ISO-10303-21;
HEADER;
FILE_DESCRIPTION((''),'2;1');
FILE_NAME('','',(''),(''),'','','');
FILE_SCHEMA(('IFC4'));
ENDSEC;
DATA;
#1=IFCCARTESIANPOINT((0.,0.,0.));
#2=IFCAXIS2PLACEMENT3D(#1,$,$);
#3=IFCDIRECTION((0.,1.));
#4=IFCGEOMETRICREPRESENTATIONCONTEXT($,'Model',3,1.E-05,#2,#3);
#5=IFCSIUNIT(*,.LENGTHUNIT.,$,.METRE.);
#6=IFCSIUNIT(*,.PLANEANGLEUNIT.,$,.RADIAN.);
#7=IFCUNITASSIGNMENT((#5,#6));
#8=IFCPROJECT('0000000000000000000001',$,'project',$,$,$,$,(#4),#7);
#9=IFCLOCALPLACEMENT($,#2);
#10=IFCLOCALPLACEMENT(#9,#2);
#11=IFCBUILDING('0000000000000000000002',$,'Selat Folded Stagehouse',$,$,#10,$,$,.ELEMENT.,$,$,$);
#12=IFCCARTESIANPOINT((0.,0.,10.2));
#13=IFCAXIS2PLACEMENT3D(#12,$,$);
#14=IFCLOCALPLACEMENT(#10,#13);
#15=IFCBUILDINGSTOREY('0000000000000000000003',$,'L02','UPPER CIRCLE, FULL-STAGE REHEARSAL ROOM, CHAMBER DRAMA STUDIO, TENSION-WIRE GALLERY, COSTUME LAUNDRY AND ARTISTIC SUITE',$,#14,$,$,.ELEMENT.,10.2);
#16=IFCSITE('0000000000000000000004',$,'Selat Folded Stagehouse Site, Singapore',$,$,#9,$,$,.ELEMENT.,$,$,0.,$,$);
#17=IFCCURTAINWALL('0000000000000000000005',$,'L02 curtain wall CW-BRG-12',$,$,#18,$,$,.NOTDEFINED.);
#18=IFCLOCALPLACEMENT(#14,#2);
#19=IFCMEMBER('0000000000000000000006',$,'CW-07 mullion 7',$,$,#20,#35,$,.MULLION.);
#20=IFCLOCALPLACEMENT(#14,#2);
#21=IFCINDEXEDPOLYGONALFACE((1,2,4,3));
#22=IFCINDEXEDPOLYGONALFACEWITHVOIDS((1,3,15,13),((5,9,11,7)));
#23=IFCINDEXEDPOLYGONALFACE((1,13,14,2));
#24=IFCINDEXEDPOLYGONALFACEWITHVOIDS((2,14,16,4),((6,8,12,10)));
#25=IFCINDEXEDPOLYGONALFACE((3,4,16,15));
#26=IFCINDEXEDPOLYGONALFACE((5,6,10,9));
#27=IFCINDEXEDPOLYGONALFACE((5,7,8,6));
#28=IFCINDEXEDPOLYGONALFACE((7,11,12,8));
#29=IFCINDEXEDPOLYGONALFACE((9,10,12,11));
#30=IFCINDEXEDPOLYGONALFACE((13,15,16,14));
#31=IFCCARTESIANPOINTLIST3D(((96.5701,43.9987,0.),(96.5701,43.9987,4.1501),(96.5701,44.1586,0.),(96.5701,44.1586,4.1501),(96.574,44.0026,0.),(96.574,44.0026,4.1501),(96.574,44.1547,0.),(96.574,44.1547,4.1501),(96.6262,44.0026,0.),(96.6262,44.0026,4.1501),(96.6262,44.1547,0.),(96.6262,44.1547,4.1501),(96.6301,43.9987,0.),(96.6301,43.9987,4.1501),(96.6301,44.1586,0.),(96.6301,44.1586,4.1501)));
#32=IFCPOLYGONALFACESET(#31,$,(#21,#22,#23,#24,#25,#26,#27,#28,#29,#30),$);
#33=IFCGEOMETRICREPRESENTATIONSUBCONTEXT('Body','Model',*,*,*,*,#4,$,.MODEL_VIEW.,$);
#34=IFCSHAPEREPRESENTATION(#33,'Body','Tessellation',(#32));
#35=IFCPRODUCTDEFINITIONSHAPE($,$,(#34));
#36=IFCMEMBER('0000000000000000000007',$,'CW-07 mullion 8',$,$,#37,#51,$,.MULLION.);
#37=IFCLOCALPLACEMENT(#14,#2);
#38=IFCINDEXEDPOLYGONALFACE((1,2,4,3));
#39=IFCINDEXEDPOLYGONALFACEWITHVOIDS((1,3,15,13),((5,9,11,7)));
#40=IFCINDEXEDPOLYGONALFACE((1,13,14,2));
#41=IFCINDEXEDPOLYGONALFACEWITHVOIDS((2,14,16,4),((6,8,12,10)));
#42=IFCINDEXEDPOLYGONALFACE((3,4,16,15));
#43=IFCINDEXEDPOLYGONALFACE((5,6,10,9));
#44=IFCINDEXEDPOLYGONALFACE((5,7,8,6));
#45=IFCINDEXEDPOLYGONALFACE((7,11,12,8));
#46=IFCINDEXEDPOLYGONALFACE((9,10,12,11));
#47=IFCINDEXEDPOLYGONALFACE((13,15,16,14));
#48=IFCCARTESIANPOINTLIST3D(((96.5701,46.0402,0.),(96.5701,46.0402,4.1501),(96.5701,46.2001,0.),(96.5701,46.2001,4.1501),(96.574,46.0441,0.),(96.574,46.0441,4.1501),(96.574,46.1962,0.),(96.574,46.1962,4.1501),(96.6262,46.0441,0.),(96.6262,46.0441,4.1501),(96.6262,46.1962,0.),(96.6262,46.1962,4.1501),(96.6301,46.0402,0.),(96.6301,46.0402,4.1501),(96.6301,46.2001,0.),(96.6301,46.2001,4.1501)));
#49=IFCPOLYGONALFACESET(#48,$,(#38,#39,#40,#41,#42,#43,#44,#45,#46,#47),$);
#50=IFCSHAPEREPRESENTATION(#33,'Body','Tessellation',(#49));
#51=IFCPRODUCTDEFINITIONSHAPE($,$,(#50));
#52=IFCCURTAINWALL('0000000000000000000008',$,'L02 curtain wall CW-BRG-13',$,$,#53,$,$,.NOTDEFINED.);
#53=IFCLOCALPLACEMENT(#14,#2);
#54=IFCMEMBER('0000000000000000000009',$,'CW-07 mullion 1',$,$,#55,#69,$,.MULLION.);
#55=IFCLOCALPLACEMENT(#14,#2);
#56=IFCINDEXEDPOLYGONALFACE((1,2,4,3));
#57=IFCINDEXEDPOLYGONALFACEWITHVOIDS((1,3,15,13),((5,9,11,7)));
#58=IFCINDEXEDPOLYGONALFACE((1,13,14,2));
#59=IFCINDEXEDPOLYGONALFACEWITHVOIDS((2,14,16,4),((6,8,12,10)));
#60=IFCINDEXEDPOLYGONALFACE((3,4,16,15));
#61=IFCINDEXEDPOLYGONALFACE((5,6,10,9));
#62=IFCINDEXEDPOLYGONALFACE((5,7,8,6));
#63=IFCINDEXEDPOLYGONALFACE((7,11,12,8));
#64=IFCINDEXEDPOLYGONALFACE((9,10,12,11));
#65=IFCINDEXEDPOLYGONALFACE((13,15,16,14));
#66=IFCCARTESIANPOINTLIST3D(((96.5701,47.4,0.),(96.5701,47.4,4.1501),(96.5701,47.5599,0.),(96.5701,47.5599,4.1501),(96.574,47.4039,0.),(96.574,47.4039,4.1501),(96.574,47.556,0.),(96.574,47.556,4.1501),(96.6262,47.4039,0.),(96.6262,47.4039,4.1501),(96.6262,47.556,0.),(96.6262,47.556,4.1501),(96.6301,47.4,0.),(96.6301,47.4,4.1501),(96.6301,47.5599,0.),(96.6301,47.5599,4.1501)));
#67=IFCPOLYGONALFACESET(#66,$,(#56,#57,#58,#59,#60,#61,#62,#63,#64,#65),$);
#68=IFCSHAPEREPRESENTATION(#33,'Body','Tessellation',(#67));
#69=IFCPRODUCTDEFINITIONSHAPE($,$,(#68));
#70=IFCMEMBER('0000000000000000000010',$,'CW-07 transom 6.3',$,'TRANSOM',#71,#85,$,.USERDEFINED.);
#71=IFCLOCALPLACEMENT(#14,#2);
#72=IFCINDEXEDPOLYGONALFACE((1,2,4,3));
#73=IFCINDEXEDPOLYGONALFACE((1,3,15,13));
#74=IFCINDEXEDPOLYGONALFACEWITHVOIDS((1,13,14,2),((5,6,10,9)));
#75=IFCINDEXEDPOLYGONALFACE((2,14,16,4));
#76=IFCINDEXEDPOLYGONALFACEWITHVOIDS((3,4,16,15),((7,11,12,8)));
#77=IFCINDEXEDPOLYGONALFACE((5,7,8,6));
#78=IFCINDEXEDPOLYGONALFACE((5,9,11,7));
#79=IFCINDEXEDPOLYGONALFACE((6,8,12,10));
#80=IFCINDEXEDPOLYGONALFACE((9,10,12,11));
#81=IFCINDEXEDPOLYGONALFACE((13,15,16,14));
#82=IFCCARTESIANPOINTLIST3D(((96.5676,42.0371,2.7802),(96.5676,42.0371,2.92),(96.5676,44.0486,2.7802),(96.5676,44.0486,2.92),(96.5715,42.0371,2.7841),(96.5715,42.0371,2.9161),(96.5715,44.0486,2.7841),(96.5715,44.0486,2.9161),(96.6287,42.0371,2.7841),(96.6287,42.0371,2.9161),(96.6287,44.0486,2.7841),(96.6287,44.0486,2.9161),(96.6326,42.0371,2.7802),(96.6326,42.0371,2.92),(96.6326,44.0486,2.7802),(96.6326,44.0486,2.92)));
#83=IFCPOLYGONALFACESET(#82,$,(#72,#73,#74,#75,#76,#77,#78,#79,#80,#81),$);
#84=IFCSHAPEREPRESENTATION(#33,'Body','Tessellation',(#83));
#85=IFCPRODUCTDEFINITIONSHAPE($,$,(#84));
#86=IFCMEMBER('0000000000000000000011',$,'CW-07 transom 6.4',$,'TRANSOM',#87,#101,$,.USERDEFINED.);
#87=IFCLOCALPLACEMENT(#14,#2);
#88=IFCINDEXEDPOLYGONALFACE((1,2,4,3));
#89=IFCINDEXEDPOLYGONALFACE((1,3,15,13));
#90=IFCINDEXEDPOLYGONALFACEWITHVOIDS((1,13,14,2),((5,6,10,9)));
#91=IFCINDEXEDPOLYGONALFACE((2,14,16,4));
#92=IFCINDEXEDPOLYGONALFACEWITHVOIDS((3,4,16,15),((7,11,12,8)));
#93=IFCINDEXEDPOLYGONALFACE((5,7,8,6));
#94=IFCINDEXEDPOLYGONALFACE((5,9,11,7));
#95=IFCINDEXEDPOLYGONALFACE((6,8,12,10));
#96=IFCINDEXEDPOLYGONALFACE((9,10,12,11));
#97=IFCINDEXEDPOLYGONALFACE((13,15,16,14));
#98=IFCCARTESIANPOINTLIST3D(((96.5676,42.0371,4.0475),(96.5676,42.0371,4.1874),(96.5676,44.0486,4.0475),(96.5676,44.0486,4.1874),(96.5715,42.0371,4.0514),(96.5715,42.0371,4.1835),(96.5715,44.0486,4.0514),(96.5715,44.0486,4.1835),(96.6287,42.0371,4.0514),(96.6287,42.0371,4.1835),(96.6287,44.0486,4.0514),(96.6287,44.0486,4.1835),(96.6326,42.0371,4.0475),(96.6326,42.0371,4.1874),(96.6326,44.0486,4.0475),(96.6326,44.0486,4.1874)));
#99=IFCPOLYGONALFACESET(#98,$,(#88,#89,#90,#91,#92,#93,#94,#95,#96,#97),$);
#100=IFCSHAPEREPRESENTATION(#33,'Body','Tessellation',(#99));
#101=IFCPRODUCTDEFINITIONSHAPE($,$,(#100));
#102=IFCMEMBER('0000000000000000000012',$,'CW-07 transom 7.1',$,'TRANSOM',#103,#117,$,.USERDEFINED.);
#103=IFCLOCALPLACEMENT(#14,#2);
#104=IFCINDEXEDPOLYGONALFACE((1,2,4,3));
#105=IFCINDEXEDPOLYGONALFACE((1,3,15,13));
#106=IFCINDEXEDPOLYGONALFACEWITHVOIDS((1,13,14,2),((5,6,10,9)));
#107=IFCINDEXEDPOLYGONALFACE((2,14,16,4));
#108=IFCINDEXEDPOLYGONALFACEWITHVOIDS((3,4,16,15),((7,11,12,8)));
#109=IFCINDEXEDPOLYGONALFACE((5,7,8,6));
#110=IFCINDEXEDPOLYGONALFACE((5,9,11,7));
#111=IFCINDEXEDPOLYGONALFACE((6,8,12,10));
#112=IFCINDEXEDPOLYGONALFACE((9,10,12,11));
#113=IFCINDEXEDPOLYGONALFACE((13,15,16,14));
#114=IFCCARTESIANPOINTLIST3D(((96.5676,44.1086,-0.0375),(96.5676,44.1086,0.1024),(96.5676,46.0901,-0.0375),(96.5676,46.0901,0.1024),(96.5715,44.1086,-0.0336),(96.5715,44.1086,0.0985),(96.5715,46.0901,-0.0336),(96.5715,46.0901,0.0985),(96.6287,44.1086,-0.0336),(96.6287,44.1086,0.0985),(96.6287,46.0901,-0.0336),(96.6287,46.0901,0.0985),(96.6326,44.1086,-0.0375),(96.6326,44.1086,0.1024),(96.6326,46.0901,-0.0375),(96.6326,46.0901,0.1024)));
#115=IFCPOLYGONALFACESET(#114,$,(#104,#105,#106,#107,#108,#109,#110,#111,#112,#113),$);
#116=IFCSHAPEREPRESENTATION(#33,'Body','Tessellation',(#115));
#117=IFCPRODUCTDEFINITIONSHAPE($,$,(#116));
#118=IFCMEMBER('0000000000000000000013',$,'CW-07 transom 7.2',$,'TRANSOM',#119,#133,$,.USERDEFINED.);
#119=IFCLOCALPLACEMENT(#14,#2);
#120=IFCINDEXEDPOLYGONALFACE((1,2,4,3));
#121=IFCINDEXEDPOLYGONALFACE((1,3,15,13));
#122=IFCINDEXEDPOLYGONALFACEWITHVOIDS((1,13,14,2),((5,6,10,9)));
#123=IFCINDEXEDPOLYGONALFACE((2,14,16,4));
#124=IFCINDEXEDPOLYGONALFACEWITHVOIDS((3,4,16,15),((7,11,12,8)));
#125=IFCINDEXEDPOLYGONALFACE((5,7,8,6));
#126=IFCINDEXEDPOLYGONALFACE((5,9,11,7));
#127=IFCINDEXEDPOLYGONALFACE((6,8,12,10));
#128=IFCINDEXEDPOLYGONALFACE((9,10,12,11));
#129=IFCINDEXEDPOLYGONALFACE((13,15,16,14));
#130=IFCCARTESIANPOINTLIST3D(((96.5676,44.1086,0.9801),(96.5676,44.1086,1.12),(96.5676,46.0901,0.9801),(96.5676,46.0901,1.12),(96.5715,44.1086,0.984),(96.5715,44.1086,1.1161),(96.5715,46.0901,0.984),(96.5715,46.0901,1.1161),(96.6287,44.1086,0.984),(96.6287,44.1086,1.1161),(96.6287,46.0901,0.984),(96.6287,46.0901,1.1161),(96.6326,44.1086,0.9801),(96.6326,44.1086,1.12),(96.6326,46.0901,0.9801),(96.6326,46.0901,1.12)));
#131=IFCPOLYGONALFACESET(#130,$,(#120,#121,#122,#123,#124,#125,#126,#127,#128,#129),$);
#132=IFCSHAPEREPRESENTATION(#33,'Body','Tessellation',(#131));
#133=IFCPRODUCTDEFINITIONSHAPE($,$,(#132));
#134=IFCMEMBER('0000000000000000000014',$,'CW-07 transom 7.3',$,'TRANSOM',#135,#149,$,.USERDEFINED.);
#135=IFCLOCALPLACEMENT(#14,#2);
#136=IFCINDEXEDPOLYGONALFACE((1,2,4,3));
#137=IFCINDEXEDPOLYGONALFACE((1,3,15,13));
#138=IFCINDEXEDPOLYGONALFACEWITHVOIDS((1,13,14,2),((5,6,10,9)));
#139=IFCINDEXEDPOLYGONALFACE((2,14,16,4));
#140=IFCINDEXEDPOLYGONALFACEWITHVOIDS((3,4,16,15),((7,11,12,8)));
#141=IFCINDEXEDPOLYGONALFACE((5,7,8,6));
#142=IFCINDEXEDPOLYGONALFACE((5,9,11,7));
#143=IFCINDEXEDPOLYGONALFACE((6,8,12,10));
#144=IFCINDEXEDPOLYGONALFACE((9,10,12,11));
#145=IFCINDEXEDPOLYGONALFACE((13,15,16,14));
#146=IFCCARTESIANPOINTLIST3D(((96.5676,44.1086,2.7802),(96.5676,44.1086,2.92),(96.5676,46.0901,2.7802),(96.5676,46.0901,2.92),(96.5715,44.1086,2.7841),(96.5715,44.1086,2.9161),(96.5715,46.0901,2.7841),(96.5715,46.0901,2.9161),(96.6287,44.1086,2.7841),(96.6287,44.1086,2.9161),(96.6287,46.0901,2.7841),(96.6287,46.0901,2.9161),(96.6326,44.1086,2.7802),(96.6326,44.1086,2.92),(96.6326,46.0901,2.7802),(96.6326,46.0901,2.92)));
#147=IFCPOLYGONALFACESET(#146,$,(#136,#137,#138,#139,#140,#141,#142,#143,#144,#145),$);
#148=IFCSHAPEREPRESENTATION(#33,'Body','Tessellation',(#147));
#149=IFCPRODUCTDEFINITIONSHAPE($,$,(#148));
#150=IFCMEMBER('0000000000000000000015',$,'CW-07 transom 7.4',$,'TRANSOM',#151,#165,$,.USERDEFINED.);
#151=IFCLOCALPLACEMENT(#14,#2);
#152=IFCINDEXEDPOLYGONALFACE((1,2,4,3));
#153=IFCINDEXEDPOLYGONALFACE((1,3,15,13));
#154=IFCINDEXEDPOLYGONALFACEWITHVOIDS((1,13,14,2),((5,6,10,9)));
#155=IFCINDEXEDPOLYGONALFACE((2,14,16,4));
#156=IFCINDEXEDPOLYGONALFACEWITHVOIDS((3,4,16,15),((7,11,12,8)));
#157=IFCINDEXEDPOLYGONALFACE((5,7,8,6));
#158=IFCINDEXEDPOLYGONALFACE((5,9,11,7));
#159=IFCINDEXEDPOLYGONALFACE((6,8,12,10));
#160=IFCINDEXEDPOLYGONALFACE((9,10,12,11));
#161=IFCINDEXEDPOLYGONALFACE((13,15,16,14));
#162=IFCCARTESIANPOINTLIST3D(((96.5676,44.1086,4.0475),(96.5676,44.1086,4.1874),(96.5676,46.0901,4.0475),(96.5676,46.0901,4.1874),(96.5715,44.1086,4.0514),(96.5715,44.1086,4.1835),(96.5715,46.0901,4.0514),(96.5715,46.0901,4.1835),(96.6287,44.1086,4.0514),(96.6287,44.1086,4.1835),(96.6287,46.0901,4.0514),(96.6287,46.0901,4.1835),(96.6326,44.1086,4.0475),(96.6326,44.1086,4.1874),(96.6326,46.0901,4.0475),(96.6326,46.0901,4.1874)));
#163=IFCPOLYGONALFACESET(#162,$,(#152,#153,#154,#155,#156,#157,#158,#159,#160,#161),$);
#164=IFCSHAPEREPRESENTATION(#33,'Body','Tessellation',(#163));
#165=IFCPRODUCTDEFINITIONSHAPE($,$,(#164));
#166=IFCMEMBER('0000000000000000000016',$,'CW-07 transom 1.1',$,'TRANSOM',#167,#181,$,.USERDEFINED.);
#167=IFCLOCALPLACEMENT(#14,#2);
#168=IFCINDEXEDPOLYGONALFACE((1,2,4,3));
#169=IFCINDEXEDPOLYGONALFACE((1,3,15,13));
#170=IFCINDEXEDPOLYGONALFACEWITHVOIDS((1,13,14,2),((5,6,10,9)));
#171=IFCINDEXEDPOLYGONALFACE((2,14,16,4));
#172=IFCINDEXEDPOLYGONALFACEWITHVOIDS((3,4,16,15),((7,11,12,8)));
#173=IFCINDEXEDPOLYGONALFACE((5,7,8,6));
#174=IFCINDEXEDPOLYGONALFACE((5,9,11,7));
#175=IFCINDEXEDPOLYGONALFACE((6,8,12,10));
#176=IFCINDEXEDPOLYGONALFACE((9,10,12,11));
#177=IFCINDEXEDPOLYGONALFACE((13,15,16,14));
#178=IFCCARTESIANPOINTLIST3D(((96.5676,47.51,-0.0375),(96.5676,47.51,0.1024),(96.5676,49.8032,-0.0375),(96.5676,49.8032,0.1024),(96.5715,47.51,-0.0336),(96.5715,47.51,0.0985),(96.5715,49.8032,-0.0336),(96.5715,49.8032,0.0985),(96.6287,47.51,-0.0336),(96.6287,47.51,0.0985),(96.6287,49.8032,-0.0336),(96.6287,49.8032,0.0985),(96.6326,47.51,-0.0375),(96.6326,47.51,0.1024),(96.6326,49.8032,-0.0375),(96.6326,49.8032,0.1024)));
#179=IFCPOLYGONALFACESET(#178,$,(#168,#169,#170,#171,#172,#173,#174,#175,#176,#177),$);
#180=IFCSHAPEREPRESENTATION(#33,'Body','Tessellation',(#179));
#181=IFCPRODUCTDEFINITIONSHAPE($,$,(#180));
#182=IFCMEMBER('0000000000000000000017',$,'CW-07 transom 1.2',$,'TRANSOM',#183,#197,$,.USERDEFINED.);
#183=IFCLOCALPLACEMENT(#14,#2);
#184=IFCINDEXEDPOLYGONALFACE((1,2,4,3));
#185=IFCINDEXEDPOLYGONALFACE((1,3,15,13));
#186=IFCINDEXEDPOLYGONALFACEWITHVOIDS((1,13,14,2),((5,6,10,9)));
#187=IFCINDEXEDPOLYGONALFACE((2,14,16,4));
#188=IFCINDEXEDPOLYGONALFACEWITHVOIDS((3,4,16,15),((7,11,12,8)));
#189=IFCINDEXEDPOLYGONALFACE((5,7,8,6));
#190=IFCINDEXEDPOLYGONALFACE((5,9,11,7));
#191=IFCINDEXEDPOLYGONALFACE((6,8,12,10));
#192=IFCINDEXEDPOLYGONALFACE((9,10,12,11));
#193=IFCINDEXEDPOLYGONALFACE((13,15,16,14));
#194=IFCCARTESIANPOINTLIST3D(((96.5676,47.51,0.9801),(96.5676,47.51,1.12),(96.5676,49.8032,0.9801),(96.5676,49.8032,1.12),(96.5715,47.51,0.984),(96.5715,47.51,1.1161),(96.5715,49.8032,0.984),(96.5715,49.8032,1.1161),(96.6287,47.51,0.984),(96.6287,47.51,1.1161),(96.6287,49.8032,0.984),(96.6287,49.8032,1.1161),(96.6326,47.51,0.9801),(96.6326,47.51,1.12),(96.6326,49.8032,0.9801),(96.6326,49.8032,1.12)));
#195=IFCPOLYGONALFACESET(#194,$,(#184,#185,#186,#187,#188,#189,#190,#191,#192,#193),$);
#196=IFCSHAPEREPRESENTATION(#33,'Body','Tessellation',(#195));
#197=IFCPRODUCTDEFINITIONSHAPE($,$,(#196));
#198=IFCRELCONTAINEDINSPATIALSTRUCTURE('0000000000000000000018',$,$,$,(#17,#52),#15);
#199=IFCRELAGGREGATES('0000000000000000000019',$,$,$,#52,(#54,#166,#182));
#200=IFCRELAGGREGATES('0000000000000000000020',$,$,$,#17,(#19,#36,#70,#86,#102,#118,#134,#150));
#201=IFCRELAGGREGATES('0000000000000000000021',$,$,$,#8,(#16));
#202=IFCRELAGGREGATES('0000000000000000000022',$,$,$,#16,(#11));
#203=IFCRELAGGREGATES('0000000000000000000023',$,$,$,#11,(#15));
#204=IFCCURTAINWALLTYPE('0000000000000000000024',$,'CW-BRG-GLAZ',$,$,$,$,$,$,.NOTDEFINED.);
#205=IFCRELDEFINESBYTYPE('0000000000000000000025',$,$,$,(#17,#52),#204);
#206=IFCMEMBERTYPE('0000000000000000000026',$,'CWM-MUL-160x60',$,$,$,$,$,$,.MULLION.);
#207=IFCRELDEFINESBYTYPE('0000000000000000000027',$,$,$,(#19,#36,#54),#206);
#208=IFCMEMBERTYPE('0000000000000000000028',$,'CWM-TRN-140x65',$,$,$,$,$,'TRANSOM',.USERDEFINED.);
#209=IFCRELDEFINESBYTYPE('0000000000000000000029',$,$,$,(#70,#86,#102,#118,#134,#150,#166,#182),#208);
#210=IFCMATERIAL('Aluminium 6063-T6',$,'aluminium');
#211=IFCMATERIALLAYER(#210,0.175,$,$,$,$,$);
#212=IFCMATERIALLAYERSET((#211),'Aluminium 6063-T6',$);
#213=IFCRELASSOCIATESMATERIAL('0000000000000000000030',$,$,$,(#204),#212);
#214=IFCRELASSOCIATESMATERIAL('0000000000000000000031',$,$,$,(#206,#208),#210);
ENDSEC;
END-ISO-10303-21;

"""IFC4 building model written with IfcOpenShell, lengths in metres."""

from ifc_helpers import new_model, si_unit, direction, frame, origin, origin_2d, place, context, subcontext, project, spatial, hollow_rectangle, extrude, material, layer, layer_set, material_profile, profile_set, type_object, element, aggregate, save


model = new_model("IFC4")

# Units and contexts
model_context = context("Model", 3, precision=1e-05, world=origin(), true_north=direction((0.0, 1.0)))
body_context = subcontext(model_context, "Body", "Model", "MODEL_VIEW")
ifc_project = project(units=[si_unit("LENGTHUNIT", "METRE"), si_unit("PLANEANGLEUNIT", "RADIAN")], contexts=[model_context])

# Site, building, storey
site_placement = place(None, origin())
site = spatial("IfcSite", under=ifc_project, at=site_placement, Name="Selat Folded Stagehouse Site, Singapore", CompositionType="ELEMENT", RefElevation=0.0)
building_placement = place(site_placement, origin())
building = spatial("IfcBuilding", under=site, at=building_placement, Name="Selat Folded Stagehouse", CompositionType="ELEMENT")
storey_placement = place(building_placement, frame((0.0, 0.0, 10.2)))
storey = spatial("IfcBuildingStorey", under=building, at=storey_placement, Name="L02", Description="UPPER CIRCLE, FULL-STAGE REHEARSAL ROOM, CHAMBER DRAMA STUDIO, TENSION-WIRE GALLERY, COSTUME LAUNDRY AND ARTISTIC SUITE", CompositionType="ELEMENT", Elevation=10.2)

# Curtain wall, members
ifc_material_1 = material(Name="Aluminium 6063-T6", Category="aluminium")
ifc_layer_1 = layer(ifc_material_1, 0.175)
ifc_layer_set_1 = layer_set([ifc_layer_1], Name="Aluminium 6063-T6")
curtain_wall_type = type_object("IfcCurtainWallType", Name="CW-BRG-GLAZ", PredefinedType="NOTDEFINED", material=ifc_layer_set_1)
curtain_wall_1_placement = place(storey_placement, origin())
curtain_wall_1 = element("IfcCurtainWall", 1, at=curtain_wall_1_placement, inside=storey, type_object=curtain_wall_type, Name="L02 curtain wall CW-BRG-12", PredefinedType="NOTDEFINED")
ifc_material_profile_1 = material_profile(ifc_material_1, hollow_rectangle(XDim=0.0601, YDim=0.1599, WallThickness=0.0039, at=origin_2d()), Name="ALU 160x60x4.0")
ifc_profile_set_1 = profile_set([ifc_material_profile_1], Name="Aluminium 6063-T6")
member_type_1 = type_object("IfcMemberType", Name="CWM-MUL-160x60", PredefinedType="MULLION", material=ifc_profile_set_1)
member_1_placement = place(storey_placement, frame((96.6001, 44.0786, 0.0), z_axis=(0.0, 0.0, 1.0), x_axis=(-1.0, 0.0, 0.0)))
member_1 = element("IfcMember", 2, at=member_1_placement, type_object=member_type_1, Name="CW-07 mullion 7", PredefinedType="MULLION", context=body_context, shape_type="SweptSolid", body=[
    extrude(hollow_rectangle(XDim=0.0601, YDim=0.1599, WallThickness=0.0039, at=origin_2d()), origin(), (0.0, 0.0, 1.0), 4.1501),
])
member_2_placement = place(storey_placement, frame((96.6001, 46.1201, 0.0), z_axis=(0.0, 0.0, 1.0), x_axis=(-1.0, 0.0, 0.0)))
member_2 = element("IfcMember", 3, at=member_2_placement, type_object=member_type_1, Name="CW-07 mullion 8", PredefinedType="MULLION", context=body_context, shape_type="SweptSolid", body=[
    extrude(hollow_rectangle(XDim=0.0601, YDim=0.1599, WallThickness=0.0039, at=origin_2d()), origin(), (0.0, 0.0, 1.0), 4.1501),
])

# Curtain wall, member
curtain_wall_2_placement = place(storey_placement, origin())
curtain_wall_2 = element("IfcCurtainWall", 4, at=curtain_wall_2_placement, inside=storey, type_object=curtain_wall_type, Name="L02 curtain wall CW-BRG-13", PredefinedType="NOTDEFINED")
member_3_placement = place(storey_placement, frame((96.6001, 47.48, 0.0), z_axis=(0.0, 0.0, 1.0), x_axis=(-1.0, 0.0, 0.0)))
member_3 = element("IfcMember", 5, at=member_3_placement, type_object=member_type_1, Name="CW-07 mullion 1", PredefinedType="MULLION", context=body_context, shape_type="SweptSolid", body=[
    extrude(hollow_rectangle(XDim=0.0601, YDim=0.1599, WallThickness=0.0039, at=origin_2d()), origin(), (0.0, 0.0, 1.0), 4.1501),
])

# Members
ifc_material_profile_2 = material_profile(ifc_material_1, hollow_rectangle(XDim=0.0649, YDim=0.1399, WallThickness=0.0039, at=origin_2d()), Name="ALU 140x65x4.0")
ifc_profile_set_2 = profile_set([ifc_material_profile_2], Name="Aluminium 6063-T6")
member_type_2 = type_object("IfcMemberType", Name="CWM-TRN-140x65", ElementType="TRANSOM", PredefinedType="USERDEFINED", material=ifc_profile_set_2)
member_4_placement = place(storey_placement, frame((96.6001, 42.0371, 2.8501), z_axis=(0.0, 1.0, 0.0), x_axis=(-1.0, 0.0, 0.0)))
member_4 = element("IfcMember", 6, at=member_4_placement, type_object=member_type_2, Name="CW-07 transom 6.3", ObjectType="TRANSOM", PredefinedType="USERDEFINED", context=body_context, shape_type="SweptSolid", body=[
    extrude(hollow_rectangle(XDim=0.0649, YDim=0.1399, WallThickness=0.0039, at=origin_2d()), origin(), (0.0, 0.0, 1.0), 2.0115),
])
member_5_placement = place(storey_placement, frame((96.6001, 42.0371, 4.1174), z_axis=(0.0, 1.0, 0.0), x_axis=(-1.0, 0.0, 0.0)))
member_5 = element("IfcMember", 7, at=member_5_placement, type_object=member_type_2, Name="CW-07 transom 6.4", ObjectType="TRANSOM", PredefinedType="USERDEFINED", context=body_context, shape_type="SweptSolid", body=[
    extrude(hollow_rectangle(XDim=0.0649, YDim=0.1399, WallThickness=0.0039, at=origin_2d()), origin(), (0.0, 0.0, 1.0), 2.0115),
])
member_6_placement = place(storey_placement, frame((96.6001, 44.1086, 0.0325), z_axis=(0.0, 1.0, 0.0), x_axis=(-1.0, 0.0, 0.0)))
member_6 = element("IfcMember", 8, at=member_6_placement, type_object=member_type_2, Name="CW-07 transom 7.1", ObjectType="TRANSOM", PredefinedType="USERDEFINED", context=body_context, shape_type="SweptSolid", body=[
    extrude(hollow_rectangle(XDim=0.0649, YDim=0.1399, WallThickness=0.0039, at=origin_2d()), origin(), (0.0, 0.0, 1.0), 1.9814),
])
member_7_placement = place(storey_placement, frame((96.6001, 44.1086, 1.05), z_axis=(0.0, 1.0, 0.0), x_axis=(-1.0, 0.0, 0.0)))
member_7 = element("IfcMember", 9, at=member_7_placement, type_object=member_type_2, Name="CW-07 transom 7.2", ObjectType="TRANSOM", PredefinedType="USERDEFINED", context=body_context, shape_type="SweptSolid", body=[
    extrude(hollow_rectangle(XDim=0.0649, YDim=0.1399, WallThickness=0.0039, at=origin_2d()), origin(), (0.0, 0.0, 1.0), 1.9814),
])
member_8_placement = place(storey_placement, frame((96.6001, 44.1086, 2.8501), z_axis=(0.0, 1.0, 0.0), x_axis=(-1.0, 0.0, 0.0)))
member_8 = element("IfcMember", 10, at=member_8_placement, type_object=member_type_2, Name="CW-07 transom 7.3", ObjectType="TRANSOM", PredefinedType="USERDEFINED", context=body_context, shape_type="SweptSolid", body=[
    extrude(hollow_rectangle(XDim=0.0649, YDim=0.1399, WallThickness=0.0039, at=origin_2d()), origin(), (0.0, 0.0, 1.0), 1.9814),
])
member_9_placement = place(storey_placement, frame((96.6001, 44.1086, 4.1174), z_axis=(0.0, 1.0, 0.0), x_axis=(-1.0, 0.0, 0.0)))
member_9 = element("IfcMember", 11, at=member_9_placement, type_object=member_type_2, Name="CW-07 transom 7.4", ObjectType="TRANSOM", PredefinedType="USERDEFINED", context=body_context, shape_type="SweptSolid", body=[
    extrude(hollow_rectangle(XDim=0.0649, YDim=0.1399, WallThickness=0.0039, at=origin_2d()), origin(), (0.0, 0.0, 1.0), 1.9814),
])
member_10_placement = place(storey_placement, frame((96.6001, 47.51, 0.0325), z_axis=(0.0, 1.0, 0.0), x_axis=(-1.0, 0.0, 0.0)))
member_10 = element("IfcMember", 12, at=member_10_placement, type_object=member_type_2, Name="CW-07 transom 1.1", ObjectType="TRANSOM", PredefinedType="USERDEFINED", context=body_context, shape_type="SweptSolid", body=[
    extrude(hollow_rectangle(XDim=0.0649, YDim=0.1399, WallThickness=0.0039, at=origin_2d()), origin(), (0.0, 0.0, 1.0), 2.2932),
])
member_11_placement = place(storey_placement, frame((96.6001, 47.51, 1.05), z_axis=(0.0, 1.0, 0.0), x_axis=(-1.0, 0.0, 0.0)))
member_11 = element("IfcMember", 13, at=member_11_placement, type_object=member_type_2, Name="CW-07 transom 1.2", ObjectType="TRANSOM", PredefinedType="USERDEFINED", context=body_context, shape_type="SweptSolid", body=[
    extrude(hollow_rectangle(XDim=0.0649, YDim=0.1399, WallThickness=0.0039, at=origin_2d()), origin(), (0.0, 0.0, 1.0), 2.2932),
])

aggregate(curtain_wall_2, [member_3, member_10, member_11])
aggregate(curtain_wall_1, [member_1, member_2, member_4, member_5, member_6, member_7, member_8, member_9])

save(model, "model.ifc")
